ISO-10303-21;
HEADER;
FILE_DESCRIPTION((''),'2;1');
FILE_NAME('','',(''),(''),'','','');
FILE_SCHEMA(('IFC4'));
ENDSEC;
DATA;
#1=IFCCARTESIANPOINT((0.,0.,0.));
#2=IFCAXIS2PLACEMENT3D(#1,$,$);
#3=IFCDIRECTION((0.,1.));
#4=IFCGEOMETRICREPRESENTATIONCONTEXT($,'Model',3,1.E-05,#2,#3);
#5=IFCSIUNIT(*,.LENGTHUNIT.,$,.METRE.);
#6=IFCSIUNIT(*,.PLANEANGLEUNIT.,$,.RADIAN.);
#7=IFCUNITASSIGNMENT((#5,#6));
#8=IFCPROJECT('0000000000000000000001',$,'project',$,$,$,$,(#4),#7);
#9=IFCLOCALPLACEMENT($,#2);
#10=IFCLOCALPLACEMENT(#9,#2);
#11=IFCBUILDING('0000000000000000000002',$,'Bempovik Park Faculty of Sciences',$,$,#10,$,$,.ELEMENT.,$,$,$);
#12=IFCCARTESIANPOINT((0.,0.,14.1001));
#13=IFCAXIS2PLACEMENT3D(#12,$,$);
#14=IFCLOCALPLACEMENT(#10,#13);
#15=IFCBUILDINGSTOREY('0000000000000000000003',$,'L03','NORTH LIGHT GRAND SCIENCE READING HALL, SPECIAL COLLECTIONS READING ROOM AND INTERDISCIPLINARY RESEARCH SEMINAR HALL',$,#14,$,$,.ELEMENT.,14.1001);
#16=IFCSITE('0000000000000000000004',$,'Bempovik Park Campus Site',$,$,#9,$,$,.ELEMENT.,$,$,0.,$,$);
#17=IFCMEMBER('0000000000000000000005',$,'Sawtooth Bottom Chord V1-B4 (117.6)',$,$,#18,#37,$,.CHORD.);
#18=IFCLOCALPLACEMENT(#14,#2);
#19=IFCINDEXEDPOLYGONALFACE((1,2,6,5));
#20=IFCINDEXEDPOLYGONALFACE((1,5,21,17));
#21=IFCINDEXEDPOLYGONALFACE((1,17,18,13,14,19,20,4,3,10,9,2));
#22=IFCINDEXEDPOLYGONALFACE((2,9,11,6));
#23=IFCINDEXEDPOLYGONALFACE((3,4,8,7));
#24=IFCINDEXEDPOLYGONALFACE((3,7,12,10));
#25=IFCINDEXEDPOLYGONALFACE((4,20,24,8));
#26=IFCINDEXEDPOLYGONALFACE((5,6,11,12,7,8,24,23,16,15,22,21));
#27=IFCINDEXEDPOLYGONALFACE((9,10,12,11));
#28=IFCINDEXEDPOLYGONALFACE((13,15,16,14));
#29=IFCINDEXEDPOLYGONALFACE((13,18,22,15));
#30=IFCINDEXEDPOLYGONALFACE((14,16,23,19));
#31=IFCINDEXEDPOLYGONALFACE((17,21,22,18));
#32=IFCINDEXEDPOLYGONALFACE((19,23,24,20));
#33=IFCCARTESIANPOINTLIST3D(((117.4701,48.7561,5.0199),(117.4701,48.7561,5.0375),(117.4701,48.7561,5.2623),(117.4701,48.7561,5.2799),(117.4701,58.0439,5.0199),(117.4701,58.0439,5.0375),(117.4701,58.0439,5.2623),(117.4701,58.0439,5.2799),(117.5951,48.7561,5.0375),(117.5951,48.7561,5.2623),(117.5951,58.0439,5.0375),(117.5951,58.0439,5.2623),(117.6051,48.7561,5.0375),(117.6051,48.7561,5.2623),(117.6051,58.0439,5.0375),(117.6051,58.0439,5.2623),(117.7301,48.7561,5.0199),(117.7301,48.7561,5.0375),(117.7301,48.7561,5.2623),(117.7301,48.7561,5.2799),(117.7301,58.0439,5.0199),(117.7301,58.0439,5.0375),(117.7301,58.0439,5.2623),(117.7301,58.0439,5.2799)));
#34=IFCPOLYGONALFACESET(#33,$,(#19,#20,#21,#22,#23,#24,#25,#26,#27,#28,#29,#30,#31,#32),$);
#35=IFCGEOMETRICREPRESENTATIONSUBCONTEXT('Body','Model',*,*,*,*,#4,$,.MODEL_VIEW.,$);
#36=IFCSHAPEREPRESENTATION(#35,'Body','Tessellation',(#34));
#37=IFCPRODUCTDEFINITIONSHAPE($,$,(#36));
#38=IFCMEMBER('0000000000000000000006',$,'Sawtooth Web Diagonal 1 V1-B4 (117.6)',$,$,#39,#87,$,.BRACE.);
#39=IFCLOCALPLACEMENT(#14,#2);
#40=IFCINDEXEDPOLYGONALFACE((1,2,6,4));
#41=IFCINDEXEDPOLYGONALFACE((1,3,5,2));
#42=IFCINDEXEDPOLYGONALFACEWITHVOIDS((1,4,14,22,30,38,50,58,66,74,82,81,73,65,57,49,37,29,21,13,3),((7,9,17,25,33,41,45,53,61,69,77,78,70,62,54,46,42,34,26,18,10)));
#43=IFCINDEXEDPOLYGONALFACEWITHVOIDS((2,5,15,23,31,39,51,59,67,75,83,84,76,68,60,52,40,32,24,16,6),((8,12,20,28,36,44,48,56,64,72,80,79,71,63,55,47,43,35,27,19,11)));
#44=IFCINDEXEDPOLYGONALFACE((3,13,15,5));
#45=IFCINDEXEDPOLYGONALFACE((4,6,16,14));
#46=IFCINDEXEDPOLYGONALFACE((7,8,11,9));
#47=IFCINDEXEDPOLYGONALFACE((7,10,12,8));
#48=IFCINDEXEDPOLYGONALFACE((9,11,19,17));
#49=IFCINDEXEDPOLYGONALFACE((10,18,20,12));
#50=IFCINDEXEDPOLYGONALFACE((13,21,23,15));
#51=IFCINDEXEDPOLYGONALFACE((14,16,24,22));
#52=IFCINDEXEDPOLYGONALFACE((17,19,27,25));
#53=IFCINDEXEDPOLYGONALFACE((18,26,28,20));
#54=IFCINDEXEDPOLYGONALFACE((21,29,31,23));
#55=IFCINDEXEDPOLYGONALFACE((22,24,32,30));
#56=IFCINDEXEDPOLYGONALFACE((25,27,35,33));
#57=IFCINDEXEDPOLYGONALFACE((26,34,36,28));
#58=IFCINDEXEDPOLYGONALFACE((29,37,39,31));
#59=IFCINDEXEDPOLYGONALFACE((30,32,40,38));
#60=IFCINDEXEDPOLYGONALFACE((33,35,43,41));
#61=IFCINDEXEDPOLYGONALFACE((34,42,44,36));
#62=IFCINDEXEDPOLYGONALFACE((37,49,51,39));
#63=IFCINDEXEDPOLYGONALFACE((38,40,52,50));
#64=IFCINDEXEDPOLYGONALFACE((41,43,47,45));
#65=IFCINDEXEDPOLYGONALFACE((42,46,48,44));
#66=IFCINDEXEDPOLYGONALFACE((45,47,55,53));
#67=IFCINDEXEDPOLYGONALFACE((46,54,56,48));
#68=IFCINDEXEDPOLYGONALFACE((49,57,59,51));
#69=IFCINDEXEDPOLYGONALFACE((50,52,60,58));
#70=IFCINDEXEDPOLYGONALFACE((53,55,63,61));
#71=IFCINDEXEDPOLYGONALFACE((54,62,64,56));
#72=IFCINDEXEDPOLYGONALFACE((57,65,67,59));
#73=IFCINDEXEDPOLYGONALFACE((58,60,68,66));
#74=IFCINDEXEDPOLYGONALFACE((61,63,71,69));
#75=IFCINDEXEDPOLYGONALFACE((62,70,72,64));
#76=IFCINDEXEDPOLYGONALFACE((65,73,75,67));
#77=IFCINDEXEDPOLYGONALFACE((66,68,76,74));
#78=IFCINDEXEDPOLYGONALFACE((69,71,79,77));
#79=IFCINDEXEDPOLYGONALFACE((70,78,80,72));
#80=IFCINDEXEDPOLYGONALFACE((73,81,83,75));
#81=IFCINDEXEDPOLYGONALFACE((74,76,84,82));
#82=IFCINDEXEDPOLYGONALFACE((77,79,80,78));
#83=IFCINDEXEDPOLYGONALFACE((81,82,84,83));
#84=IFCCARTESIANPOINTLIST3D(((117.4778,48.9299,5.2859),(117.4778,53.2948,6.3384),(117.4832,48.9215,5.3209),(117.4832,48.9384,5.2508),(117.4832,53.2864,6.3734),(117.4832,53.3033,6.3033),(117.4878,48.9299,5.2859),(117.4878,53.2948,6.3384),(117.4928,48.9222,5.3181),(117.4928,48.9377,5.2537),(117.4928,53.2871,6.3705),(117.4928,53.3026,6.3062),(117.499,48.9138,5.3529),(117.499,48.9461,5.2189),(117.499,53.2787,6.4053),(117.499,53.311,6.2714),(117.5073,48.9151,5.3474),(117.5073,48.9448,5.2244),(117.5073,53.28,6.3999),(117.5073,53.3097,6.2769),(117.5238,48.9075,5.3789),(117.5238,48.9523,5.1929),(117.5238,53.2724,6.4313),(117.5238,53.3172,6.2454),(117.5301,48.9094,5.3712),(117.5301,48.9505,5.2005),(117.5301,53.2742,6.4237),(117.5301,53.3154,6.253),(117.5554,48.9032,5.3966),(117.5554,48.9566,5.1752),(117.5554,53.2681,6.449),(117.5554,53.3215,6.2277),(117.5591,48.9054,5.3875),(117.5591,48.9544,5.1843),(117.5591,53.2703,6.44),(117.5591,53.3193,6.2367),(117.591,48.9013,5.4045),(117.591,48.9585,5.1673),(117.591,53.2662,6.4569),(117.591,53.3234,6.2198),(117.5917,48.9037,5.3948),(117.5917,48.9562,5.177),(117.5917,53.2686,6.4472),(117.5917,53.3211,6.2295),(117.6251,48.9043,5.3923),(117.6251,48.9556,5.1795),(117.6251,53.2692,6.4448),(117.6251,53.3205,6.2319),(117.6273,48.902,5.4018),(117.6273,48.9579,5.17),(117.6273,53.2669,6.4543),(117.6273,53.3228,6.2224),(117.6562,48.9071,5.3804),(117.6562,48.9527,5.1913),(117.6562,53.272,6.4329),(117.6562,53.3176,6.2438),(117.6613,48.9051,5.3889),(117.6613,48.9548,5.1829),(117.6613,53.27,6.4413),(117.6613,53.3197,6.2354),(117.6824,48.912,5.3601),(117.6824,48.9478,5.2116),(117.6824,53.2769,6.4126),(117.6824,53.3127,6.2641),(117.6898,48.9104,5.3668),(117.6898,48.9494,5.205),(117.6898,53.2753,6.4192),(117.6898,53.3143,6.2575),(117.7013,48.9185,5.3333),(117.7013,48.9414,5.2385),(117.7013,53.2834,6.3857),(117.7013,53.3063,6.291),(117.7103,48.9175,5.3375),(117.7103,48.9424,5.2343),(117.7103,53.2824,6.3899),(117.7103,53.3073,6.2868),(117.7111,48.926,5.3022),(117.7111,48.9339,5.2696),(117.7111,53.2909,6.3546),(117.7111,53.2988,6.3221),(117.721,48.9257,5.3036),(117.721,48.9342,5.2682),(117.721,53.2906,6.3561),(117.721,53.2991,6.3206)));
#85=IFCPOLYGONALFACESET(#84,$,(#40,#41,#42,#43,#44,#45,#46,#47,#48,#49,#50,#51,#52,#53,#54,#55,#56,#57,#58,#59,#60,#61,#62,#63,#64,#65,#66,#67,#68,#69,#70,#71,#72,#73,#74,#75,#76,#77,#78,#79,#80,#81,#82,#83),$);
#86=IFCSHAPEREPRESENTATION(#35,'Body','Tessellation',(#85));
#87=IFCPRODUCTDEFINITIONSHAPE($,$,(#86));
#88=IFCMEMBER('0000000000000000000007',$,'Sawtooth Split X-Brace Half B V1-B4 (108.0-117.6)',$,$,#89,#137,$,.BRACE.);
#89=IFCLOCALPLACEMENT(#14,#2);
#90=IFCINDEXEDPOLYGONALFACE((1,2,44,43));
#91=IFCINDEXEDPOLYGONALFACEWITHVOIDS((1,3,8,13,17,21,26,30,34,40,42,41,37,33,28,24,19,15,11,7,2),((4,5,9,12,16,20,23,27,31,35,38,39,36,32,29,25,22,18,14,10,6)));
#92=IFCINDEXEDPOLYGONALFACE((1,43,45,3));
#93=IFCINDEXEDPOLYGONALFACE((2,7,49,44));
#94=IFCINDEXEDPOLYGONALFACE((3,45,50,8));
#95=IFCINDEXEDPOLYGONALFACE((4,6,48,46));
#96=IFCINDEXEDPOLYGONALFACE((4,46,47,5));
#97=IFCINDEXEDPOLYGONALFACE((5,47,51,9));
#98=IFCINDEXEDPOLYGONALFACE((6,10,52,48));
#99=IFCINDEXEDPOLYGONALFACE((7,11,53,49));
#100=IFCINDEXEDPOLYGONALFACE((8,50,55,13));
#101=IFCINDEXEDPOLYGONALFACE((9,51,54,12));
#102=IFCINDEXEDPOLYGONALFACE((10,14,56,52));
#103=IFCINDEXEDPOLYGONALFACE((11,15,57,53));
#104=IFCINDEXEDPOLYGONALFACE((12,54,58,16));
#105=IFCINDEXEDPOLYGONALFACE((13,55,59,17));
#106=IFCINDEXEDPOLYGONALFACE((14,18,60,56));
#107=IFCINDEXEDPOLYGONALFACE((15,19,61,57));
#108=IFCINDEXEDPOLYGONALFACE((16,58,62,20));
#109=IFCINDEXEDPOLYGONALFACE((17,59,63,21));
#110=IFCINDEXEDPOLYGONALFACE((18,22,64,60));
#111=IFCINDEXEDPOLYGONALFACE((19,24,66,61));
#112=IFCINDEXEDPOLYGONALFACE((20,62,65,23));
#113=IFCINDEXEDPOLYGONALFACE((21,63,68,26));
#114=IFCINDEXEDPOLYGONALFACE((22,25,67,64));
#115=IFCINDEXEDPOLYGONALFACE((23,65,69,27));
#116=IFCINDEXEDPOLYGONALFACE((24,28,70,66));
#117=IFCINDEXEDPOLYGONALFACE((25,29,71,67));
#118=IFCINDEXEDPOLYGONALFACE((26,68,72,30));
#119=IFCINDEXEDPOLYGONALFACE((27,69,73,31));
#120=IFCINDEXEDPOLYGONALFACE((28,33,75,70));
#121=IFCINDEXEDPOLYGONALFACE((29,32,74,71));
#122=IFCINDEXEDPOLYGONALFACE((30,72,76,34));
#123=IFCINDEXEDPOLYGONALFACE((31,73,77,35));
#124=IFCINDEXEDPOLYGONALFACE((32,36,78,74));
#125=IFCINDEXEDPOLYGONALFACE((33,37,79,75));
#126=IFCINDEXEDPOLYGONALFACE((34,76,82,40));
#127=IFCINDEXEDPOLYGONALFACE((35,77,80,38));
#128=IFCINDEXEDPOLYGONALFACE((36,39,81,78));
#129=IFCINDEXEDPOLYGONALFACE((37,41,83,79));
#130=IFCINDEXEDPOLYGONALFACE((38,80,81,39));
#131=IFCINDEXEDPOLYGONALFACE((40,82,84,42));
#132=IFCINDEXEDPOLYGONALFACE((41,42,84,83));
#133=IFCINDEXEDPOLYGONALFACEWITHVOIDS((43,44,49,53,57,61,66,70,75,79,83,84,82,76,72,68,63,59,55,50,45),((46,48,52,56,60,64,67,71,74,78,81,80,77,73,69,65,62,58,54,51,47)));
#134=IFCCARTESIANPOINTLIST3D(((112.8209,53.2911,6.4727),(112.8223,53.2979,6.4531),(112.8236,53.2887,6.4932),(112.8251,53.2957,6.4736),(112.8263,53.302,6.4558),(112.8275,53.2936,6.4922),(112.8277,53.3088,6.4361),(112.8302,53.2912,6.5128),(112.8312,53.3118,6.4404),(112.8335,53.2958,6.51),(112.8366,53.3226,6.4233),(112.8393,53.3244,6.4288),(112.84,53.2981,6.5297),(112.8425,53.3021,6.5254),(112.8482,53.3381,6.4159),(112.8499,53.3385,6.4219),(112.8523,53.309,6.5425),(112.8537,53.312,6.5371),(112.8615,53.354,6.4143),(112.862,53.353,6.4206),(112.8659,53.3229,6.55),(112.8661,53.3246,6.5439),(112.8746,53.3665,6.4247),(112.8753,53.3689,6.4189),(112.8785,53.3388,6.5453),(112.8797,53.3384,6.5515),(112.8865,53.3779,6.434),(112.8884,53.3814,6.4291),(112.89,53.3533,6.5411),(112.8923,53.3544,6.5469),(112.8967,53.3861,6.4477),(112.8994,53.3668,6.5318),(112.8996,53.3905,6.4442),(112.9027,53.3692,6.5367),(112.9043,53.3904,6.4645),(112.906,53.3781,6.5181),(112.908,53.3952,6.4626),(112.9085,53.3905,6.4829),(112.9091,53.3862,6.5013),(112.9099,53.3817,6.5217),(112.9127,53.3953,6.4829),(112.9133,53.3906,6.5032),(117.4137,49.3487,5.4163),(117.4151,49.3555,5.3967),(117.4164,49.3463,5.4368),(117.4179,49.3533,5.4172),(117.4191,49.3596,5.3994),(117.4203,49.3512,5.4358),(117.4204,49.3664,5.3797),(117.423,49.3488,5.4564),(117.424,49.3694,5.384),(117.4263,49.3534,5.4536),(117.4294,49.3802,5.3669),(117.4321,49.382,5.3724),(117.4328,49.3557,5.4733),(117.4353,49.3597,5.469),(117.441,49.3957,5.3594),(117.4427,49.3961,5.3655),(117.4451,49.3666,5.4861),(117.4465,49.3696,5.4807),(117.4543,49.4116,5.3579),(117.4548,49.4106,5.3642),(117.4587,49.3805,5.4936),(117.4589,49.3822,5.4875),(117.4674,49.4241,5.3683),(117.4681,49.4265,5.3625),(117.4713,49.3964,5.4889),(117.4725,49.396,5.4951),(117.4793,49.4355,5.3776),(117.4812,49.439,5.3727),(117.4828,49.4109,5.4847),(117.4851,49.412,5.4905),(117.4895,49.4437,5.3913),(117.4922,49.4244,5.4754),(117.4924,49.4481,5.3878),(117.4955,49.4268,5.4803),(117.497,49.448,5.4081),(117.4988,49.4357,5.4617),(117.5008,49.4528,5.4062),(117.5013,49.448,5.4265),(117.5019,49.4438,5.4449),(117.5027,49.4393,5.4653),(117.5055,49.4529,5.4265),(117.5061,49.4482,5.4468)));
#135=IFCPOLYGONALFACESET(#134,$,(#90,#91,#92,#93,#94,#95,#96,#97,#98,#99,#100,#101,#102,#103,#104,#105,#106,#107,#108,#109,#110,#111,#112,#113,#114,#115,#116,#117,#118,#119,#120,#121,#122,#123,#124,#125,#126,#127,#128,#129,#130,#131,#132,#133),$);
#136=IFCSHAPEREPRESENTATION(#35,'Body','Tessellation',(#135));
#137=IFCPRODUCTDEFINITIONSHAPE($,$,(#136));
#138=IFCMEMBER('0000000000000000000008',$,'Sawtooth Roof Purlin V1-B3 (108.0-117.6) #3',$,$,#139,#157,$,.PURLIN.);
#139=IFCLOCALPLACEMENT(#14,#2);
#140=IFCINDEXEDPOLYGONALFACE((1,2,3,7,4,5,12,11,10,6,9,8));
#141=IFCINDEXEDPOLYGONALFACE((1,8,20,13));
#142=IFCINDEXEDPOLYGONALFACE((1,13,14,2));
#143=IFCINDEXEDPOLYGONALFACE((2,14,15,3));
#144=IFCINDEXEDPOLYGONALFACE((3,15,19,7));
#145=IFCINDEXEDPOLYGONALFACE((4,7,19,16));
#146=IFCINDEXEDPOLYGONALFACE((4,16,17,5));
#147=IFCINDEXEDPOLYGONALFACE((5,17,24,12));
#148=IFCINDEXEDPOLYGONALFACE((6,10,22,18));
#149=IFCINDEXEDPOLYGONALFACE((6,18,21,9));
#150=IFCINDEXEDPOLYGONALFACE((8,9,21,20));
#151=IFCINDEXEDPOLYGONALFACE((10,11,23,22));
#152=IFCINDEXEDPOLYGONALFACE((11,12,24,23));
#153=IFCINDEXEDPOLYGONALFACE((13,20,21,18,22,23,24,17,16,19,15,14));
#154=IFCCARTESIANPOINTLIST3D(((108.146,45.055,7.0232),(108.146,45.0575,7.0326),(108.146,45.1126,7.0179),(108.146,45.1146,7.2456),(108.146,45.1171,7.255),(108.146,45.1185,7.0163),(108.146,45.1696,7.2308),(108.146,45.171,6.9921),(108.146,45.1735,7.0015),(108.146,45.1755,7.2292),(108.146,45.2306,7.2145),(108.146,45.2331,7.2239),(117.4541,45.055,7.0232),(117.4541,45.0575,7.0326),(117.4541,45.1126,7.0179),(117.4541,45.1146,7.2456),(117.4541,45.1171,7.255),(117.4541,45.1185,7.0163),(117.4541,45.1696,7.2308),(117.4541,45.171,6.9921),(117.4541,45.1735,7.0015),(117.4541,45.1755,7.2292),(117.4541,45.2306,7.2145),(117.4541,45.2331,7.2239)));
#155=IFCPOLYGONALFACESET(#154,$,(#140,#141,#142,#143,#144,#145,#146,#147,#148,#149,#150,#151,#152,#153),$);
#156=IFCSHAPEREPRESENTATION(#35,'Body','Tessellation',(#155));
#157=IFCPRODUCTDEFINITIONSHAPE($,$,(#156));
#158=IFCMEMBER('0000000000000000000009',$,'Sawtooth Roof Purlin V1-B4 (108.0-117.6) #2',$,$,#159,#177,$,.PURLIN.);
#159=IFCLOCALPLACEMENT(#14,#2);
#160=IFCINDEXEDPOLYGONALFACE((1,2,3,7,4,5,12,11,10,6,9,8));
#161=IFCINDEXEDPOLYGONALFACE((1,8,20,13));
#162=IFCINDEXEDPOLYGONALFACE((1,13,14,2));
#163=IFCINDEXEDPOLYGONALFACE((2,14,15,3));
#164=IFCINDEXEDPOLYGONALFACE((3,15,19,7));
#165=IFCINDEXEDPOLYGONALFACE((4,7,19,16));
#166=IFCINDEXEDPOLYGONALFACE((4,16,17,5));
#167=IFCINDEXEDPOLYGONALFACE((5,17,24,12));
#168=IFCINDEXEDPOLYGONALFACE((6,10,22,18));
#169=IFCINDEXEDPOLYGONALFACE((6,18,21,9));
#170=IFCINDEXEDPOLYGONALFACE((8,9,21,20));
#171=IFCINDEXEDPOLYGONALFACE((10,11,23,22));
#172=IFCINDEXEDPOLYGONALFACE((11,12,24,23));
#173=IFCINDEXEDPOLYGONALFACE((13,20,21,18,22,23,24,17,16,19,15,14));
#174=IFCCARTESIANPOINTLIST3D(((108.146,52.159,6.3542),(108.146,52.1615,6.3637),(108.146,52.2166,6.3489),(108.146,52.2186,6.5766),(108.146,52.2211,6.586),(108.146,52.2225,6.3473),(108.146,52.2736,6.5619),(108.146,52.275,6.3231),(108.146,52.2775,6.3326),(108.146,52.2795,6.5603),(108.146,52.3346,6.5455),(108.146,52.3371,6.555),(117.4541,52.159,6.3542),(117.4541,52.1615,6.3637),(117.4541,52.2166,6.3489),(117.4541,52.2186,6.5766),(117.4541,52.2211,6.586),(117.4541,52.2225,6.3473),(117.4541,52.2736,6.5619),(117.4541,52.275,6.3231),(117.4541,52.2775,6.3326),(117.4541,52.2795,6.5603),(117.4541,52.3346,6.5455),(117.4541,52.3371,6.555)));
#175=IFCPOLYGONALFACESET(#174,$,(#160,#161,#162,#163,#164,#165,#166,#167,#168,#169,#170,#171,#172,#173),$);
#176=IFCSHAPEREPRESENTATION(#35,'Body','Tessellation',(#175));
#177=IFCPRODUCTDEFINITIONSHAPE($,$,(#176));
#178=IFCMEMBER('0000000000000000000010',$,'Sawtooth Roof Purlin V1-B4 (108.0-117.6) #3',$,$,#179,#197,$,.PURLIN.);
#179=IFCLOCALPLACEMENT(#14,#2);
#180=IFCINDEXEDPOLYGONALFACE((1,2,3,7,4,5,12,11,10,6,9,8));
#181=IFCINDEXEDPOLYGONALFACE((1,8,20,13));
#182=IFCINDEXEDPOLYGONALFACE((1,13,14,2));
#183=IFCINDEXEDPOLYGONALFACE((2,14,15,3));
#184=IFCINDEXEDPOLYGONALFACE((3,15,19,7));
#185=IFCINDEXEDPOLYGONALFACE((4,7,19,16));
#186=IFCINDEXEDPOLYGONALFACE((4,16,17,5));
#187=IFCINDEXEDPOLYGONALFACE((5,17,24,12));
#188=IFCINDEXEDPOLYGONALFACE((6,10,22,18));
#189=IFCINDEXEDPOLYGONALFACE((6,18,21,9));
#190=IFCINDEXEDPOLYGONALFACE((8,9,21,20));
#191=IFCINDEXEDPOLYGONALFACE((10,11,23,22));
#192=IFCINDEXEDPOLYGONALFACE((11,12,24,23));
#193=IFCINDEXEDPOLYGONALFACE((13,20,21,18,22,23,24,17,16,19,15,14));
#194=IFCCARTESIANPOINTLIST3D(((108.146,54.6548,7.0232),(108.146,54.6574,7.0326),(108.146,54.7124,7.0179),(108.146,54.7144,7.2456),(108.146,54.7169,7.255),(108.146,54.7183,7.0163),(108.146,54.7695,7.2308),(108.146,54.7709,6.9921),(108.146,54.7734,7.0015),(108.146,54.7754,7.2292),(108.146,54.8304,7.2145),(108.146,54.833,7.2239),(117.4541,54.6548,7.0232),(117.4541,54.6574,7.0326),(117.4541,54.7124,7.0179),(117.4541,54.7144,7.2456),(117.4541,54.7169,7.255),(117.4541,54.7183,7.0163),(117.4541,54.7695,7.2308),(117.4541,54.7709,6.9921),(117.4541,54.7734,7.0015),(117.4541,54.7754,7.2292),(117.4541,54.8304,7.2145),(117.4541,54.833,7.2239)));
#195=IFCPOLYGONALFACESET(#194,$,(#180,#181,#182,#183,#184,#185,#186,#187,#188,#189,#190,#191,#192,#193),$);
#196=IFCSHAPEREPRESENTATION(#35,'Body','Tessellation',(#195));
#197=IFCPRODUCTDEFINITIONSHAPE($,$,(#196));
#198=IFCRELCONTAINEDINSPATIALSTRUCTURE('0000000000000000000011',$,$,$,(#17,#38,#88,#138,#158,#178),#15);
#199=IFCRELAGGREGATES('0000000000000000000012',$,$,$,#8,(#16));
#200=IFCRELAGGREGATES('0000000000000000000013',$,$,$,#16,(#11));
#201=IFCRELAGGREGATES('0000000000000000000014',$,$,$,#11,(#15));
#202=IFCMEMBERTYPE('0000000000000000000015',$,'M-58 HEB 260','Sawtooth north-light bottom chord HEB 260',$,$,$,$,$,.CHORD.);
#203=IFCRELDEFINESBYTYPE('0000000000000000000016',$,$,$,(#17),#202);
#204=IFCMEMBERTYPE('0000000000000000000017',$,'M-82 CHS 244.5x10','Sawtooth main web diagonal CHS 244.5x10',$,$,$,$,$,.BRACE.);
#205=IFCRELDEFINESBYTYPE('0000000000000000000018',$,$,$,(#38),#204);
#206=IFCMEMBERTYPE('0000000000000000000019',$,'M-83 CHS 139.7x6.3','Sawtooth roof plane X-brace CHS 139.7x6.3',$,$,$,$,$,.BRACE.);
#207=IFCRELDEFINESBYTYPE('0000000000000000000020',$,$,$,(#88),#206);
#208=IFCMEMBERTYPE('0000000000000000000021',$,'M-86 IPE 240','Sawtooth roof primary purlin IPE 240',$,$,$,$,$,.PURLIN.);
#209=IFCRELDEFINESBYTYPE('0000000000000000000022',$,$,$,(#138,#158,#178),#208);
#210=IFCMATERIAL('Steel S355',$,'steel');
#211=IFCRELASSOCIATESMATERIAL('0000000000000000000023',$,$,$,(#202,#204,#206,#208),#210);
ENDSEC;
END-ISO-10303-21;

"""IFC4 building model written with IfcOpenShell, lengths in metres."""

from ifc_helpers import new_model, si_unit, direction, frame, origin, origin_2d, place, context, subcontext, project, spatial, hollow_circle, i_section, extrude, material, material_profile, profile_set, type_object, element, save


model = new_model("IFC4")

# Units and contexts
model_context = context("Model", 3, precision=1e-05, world=origin(), true_north=direction((0.0, 1.0)))
body_context = subcontext(model_context, "Body", "Model", "MODEL_VIEW")
ifc_project = project(units=[si_unit("LENGTHUNIT", "METRE"), si_unit("PLANEANGLEUNIT", "RADIAN")], contexts=[model_context])

# Site, building, storey
site_placement = place(None, origin())
site = spatial("IfcSite", under=ifc_project, at=site_placement, Name="Bempovik Park Campus Site", CompositionType="ELEMENT", RefElevation=0.0)
building_placement = place(site_placement, origin())
building = spatial("IfcBuilding", under=site, at=building_placement, Name="Bempovik Park Faculty of Sciences", CompositionType="ELEMENT")
storey_placement = place(building_placement, frame((0.0, 0.0, 14.1001)))
storey = spatial("IfcBuildingStorey", under=building, at=storey_placement, Name="L03", Description="NORTH LIGHT GRAND SCIENCE READING HALL, SPECIAL COLLECTIONS READING ROOM AND INTERDISCIPLINARY RESEARCH SEMINAR HALL", CompositionType="ELEMENT", Elevation=14.1001)

# Shared definitions
ifc_material_1 = material(Name="Steel S355", Category="steel")

# Members
ifc_material_profile_1 = material_profile(ifc_material_1, i_section(OverallWidth=0.26, OverallDepth=0.26, WebThickness=0.01, FlangeThickness=0.0176, at=origin_2d()), Name="HEB 260")
ifc_profile_set_1 = profile_set([ifc_material_profile_1], Name="Steel S355")
member_type_1 = type_object("IfcMemberType", Name="M-58 HEB 260", Description="Sawtooth north-light bottom chord HEB 260", PredefinedType="CHORD", material=ifc_profile_set_1)
member_1_placement = place(storey_placement, frame((117.6001, 48.7561, 5.1499), z_axis=(0.0, 1.0, 0.0), x_axis=(-1.0, 0.0, 0.0)))
element("IfcMember", 1, at=member_1_placement, inside=storey, type_object=member_type_1, Name="Sawtooth Bottom Chord V1-B4 (117.6)", PredefinedType="CHORD", context=body_context, shape_type="SweptSolid", body=[
    extrude(i_section(OverallWidth=0.26, OverallDepth=0.26, WebThickness=0.01, FlangeThickness=0.0176, at=origin_2d()), origin(), (0.0, 0.0, 1.0), 9.2878),
])
ifc_material_profile_2 = material_profile(ifc_material_1, hollow_circle(Radius=0.1223, WallThickness=0.01, at=origin_2d()), Name="CHS 244.5x10")
ifc_profile_set_2 = profile_set([ifc_material_profile_2], Name="Steel S355")
member_type_2 = type_object("IfcMemberType", Name="M-82 CHS 244.5x10", Description="Sawtooth main web diagonal CHS 244.5x10", PredefinedType="BRACE", material=ifc_profile_set_2)
member_2_placement = place(storey_placement, frame((117.6001, 48.9299, 5.2859), z_axis=(0.0, 0.972139, 0.234403), x_axis=(-1.0, 0.0, 0.0)))
element("IfcMember", 2, at=member_2_placement, inside=storey, type_object=member_type_2, Name="Sawtooth Web Diagonal 1 V1-B4 (117.6)", PredefinedType="BRACE", context=body_context, shape_type="SweptSolid", body=[
    extrude(hollow_circle(Radius=0.1223, WallThickness=0.01, at=origin_2d()), origin(), (0.0, 0.0, 1.0), 4.49),
])
ifc_material_profile_3 = material_profile(ifc_material_1, hollow_circle(Radius=0.0698, WallThickness=0.0063, at=origin_2d()), Name="CHS 139.7x6.3")
ifc_profile_set_3 = profile_set([ifc_material_profile_3], Name="Steel S355")
member_type_3 = type_object("IfcMemberType", Name="M-83 CHS 139.7x6.3", Description="Sawtooth roof plane X-brace CHS 139.7x6.3", PredefinedType="BRACE", material=ifc_profile_set_3)
member_3_placement = place(storey_placement, frame((112.8672, 53.3423, 6.4829), z_axis=(0.74749, -0.641637, -0.171932), x_axis=(0.651336, 0.758789, 0.0)))
element("IfcMember", 3, at=member_3_placement, inside=storey, type_object=member_type_3, Name="Sawtooth Split X-Brace Half B V1-B4 (108.0-117.6)", PredefinedType="BRACE", context=body_context, shape_type="SweptSolid", body=[
    extrude(hollow_circle(Radius=0.0698, WallThickness=0.0063, at=origin_2d()), origin(), (0.0, 0.0, 1.0), 6.1443),
])
ifc_material_profile_4 = material_profile(ifc_material_1, i_section(OverallWidth=0.1201, OverallDepth=0.24, WebThickness=0.0061, FlangeThickness=0.0098, at=origin_2d()), Name="IPE 240")
ifc_profile_set_4 = profile_set([ifc_material_profile_4], Name="Steel S355")
member_type_4 = type_object("IfcMemberType", Name="M-86 IPE 240", Description="Sawtooth roof primary purlin IPE 240", PredefinedType="PURLIN", material=ifc_profile_set_4)
for number, where, z_axis, x_axis, name in (
    (4, (108.146, 45.144, 7.1235), (1.0, 0.0, 0.0), (0.0, 0.965926, -0.258819), "Sawtooth Roof Purlin V1-B3 (108.0-117.6) #3"),
    (5, (108.146, 52.248, 6.4546), (1.0, 0.0, 0.0), (0.0, 0.965926, -0.258819), "Sawtooth Roof Purlin V1-B4 (108.0-117.6) #2"),
    (6, (108.146, 54.7439, 7.1235), (1.0, 0.0, 0.0), (0.0, 0.965926, -0.258819), "Sawtooth Roof Purlin V1-B4 (108.0-117.6) #3"),
):
    element("IfcMember", number, at=place(storey_placement, frame(where, z_axis=z_axis, x_axis=x_axis)), inside=storey, type_object=member_type_4, Name=name, PredefinedType="PURLIN", context=body_context, shape_type="SweptSolid", body=[
        extrude(i_section(OverallWidth=0.1201, OverallDepth=0.24, WebThickness=0.0061, FlangeThickness=0.0098, at=origin_2d()), origin(), (0.0, 0.0, 1.0), 9.3081),
    ])

save(model, "model.ifc")
